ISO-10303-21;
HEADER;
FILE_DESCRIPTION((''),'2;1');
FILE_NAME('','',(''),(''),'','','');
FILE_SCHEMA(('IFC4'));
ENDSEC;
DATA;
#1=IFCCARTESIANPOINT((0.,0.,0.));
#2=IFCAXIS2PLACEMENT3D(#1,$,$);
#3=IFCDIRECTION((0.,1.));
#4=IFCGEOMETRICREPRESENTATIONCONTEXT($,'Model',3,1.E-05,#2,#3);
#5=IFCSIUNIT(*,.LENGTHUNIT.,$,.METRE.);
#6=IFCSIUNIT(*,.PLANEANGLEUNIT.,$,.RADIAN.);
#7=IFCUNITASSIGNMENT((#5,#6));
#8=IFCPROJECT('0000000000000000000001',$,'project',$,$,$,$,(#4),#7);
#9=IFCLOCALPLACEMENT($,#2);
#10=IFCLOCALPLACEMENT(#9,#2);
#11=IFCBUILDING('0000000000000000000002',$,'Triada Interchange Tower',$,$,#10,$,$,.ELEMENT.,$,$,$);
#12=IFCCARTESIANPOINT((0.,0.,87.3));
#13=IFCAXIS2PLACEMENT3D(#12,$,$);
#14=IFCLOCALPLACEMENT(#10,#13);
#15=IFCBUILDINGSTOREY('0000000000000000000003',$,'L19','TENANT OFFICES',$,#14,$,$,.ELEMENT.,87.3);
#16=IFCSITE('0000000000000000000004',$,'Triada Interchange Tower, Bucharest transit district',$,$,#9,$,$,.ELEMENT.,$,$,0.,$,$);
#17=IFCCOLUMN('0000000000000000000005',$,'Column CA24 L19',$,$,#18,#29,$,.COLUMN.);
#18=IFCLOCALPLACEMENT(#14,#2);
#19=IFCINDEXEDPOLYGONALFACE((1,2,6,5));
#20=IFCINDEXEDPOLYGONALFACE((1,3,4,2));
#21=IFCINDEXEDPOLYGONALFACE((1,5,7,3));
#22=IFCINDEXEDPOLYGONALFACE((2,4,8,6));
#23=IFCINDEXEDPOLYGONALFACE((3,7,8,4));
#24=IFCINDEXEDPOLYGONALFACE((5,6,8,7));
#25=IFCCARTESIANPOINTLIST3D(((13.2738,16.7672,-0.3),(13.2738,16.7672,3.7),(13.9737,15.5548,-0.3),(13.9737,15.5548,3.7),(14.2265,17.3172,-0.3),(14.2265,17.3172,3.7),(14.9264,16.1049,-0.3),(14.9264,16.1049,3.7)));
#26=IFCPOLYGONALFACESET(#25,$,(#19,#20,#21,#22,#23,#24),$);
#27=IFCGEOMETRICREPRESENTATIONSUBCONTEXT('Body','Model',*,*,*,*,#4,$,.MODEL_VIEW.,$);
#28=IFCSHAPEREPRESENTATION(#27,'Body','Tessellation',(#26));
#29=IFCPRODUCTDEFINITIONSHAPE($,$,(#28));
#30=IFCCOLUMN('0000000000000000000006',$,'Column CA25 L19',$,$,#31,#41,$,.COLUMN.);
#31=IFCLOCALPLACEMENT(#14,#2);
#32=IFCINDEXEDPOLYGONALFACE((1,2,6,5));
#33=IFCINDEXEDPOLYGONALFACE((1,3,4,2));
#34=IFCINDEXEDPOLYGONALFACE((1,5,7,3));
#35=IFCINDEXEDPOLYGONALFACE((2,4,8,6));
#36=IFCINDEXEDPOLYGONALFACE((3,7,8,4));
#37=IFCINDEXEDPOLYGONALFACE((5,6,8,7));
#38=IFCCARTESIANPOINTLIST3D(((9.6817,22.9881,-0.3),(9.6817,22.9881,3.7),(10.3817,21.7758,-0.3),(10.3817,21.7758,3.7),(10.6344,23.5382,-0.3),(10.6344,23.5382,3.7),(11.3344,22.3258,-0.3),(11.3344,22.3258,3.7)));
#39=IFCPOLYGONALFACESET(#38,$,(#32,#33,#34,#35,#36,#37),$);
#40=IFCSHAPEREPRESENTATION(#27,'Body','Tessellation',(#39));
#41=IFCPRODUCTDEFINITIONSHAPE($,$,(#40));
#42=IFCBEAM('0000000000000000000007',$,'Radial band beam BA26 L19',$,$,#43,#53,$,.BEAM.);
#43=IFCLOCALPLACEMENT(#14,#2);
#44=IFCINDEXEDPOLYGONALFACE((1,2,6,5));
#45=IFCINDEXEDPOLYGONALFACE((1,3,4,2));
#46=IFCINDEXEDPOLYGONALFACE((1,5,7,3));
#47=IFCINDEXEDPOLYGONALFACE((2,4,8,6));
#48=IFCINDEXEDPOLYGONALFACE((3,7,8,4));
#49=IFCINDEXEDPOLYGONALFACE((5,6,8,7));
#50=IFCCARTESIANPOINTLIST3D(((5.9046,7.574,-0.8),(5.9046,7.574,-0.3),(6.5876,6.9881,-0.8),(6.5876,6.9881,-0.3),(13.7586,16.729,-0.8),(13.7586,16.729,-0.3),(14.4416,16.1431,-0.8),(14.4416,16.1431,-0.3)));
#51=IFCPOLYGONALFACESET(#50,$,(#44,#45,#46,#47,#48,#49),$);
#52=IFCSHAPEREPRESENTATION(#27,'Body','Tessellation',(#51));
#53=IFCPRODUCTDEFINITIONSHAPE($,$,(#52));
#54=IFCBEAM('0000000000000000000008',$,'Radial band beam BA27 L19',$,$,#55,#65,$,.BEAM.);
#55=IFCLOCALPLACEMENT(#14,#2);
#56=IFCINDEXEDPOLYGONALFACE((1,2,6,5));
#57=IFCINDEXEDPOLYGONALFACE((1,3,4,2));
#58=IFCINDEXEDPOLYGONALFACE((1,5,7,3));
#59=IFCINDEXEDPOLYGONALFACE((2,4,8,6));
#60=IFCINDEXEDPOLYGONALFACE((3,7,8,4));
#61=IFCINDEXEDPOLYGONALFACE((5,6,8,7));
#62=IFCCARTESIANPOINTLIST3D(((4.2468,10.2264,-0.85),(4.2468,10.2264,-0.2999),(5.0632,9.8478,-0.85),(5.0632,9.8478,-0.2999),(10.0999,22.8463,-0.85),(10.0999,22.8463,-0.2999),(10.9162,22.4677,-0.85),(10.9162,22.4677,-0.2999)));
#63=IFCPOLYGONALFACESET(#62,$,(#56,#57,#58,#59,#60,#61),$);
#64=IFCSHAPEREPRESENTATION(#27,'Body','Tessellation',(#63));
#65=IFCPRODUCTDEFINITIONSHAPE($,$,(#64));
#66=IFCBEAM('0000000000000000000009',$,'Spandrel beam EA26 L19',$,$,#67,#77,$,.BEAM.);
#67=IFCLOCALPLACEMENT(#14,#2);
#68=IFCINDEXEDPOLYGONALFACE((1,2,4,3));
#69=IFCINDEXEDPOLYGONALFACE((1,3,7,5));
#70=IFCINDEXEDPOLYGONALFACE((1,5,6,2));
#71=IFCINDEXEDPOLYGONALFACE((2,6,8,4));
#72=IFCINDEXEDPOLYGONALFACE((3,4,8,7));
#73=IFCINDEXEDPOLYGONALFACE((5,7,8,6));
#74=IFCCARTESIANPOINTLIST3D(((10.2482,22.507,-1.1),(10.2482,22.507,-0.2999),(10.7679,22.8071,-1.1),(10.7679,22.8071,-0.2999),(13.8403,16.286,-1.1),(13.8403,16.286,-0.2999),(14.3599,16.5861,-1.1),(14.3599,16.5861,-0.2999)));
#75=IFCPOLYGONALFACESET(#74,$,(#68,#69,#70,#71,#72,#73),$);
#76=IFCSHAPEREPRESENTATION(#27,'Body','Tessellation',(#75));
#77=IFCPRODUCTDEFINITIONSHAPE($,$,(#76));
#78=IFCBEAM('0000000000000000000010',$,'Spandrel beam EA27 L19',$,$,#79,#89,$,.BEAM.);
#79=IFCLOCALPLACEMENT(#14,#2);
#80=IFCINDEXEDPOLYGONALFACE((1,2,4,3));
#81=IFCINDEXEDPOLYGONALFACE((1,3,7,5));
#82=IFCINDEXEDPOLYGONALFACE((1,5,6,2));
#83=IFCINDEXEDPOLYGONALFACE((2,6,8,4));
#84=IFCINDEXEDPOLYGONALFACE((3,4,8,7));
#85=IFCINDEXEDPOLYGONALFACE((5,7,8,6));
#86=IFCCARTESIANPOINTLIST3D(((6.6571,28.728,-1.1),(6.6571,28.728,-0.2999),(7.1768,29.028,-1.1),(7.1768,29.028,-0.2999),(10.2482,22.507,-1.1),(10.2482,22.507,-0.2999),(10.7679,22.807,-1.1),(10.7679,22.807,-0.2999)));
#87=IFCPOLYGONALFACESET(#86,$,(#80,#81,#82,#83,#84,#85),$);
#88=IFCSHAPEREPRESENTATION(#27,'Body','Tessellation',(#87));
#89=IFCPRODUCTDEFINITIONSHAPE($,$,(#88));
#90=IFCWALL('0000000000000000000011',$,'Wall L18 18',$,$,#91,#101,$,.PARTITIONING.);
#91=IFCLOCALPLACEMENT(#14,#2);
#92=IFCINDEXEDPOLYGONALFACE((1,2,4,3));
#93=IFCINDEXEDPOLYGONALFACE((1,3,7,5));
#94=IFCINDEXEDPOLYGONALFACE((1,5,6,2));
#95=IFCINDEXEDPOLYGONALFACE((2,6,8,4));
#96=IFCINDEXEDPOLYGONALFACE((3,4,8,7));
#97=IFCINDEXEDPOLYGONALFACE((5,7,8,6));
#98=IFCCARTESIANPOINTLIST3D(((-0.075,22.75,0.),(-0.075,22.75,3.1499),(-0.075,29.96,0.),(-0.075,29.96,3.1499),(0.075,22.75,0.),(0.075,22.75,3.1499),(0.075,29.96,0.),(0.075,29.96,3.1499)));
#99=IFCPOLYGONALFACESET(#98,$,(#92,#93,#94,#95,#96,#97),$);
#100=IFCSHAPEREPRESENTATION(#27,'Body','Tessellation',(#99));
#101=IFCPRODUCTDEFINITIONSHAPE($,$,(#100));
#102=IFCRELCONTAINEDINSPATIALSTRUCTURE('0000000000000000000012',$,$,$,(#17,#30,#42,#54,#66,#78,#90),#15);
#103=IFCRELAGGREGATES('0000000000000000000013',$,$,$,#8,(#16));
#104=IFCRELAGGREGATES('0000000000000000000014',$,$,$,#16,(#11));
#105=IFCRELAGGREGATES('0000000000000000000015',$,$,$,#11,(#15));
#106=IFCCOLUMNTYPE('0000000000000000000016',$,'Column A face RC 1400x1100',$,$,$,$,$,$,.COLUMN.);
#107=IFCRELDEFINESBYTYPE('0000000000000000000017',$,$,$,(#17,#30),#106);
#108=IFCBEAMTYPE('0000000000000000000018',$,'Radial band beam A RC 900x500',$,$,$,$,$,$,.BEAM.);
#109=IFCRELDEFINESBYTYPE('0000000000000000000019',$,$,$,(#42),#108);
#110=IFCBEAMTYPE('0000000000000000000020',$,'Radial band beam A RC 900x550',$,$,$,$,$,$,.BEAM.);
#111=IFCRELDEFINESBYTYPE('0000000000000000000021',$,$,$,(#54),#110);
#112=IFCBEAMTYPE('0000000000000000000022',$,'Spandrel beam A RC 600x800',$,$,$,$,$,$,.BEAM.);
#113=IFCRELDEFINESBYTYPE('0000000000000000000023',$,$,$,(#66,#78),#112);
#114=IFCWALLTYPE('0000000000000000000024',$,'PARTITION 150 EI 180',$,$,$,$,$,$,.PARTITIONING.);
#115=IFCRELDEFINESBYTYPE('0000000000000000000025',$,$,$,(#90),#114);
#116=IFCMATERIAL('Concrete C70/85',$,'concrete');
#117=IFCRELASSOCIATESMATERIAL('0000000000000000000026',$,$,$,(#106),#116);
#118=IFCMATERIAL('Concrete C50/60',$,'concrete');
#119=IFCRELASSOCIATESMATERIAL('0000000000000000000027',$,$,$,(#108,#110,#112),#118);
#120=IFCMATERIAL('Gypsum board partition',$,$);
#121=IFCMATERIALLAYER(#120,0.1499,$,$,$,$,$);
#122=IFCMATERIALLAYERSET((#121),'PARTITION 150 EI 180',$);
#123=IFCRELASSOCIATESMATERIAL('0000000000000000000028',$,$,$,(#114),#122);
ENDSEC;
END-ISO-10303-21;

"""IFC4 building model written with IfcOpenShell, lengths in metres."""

from ifc_helpers import new_model, si_unit, direction, frame, frame_2d, origin, origin_2d, place, context, subcontext, project, spatial, rectangle, extrude, material, layer, layer_set, material_profile, profile_set, type_object, element, save


model = new_model("IFC4")

# Units and contexts
model_context = context("Model", 3, precision=1e-05, world=origin(), true_north=direction((0.0, 1.0)))
body_context = subcontext(model_context, "Body", "Model", "MODEL_VIEW")
ifc_project = project(units=[si_unit("LENGTHUNIT", "METRE"), si_unit("PLANEANGLEUNIT", "RADIAN")], contexts=[model_context])

# Site, building, storey
site_placement = place(None, origin())
site = spatial("IfcSite", under=ifc_project, at=site_placement, Name="Triada Interchange Tower, Bucharest transit district", CompositionType="ELEMENT", RefElevation=0.0)
building_placement = place(site_placement, origin())
building = spatial("IfcBuilding", under=site, at=building_placement, Name="Triada Interchange Tower", CompositionType="ELEMENT")
storey_placement = place(building_placement, frame((0.0, 0.0, 87.3)))
storey = spatial("IfcBuildingStorey", under=building, at=storey_placement, Name="L19", Description="TENANT OFFICES", CompositionType="ELEMENT", Elevation=87.3)

# Columns
ifc_material_1 = material(Name="Concrete C70/85", Category="concrete")
ifc_material_profile_1 = material_profile(ifc_material_1, rectangle(XDim=1.3999, YDim=1.1001, at=origin_2d()), Name="RC 1400x1100")
ifc_profile_set_1 = profile_set([ifc_material_profile_1], Name="Concrete C70/85")
column_type = type_object("IfcColumnType", Name="Column A face RC 1400x1100", PredefinedType="COLUMN", material=ifc_profile_set_1)
for number, where, z_axis, x_axis, name in (
    (1, (14.1001, 16.436, -0.3), (0.0, 0.0, 1.0), (-0.5, 0.866025, 0.0), "Column CA24 L19"),
    (2, (10.5081, 22.657, -0.3), (0.0, 0.0, 1.0), (-0.5, 0.866025, 0.0), "Column CA25 L19"),
):
    element("IfcColumn", number, at=place(storey_placement, frame(where, z_axis=z_axis, x_axis=x_axis)), inside=storey, type_object=column_type, Name=name, PredefinedType="COLUMN", context=body_context, shape_type="SweptSolid", body=[
        extrude(rectangle(XDim=1.3999, YDim=1.1001, at=origin_2d()), origin(), (0.0, 0.0, 1.0), 4.0),
    ])

# Beams
ifc_material_2 = material(Name="Concrete C50/60", Category="concrete")
ifc_material_profile_2 = material_profile(ifc_material_2, rectangle(XDim=0.8999, YDim=0.5, at=origin_2d()), Name="RC 900x500")
ifc_profile_set_2 = profile_set([ifc_material_profile_2], Name="Concrete C50/60")
beam_type_1 = type_object("IfcBeamType", Name="Radial band beam A RC 900x500", PredefinedType="BEAM", material=ifc_profile_set_2)
beam_1_placement = place(storey_placement, frame((14.1001, 16.436, -0.55), z_axis=(-0.651118, -0.758977, 0.0), x_axis=(0.758977, -0.651118, 0.0)))
element("IfcBeam", 3, at=beam_1_placement, inside=storey, type_object=beam_type_1, Name="Radial band beam BA26 L19", PredefinedType="BEAM", context=body_context, shape_type="SweptSolid", body=[
    extrude(rectangle(XDim=0.8999, YDim=0.5, at=origin_2d()), origin(), (0.0, 0.0, 1.0), 12.0623),
])
ifc_material_profile_3 = material_profile(ifc_material_2, rectangle(XDim=0.8999, YDim=0.55, at=origin_2d()), Name="RC 900x550")
ifc_profile_set_3 = profile_set([ifc_material_profile_3], Name="Concrete C50/60")
beam_type_2 = type_object("IfcBeamType", Name="Radial band beam A RC 900x550", PredefinedType="BEAM", material=ifc_profile_set_3)
beam_2_placement = place(storey_placement, frame((10.5081, 22.657, -0.575), z_axis=(-0.420745, -0.907179, 0.0), x_axis=(0.907179, -0.420745, 0.0)))
element("IfcBeam", 4, at=beam_2_placement, inside=storey, type_object=beam_type_2, Name="Radial band beam BA27 L19", PredefinedType="BEAM", context=body_context, shape_type="SweptSolid", body=[
    extrude(rectangle(XDim=0.8999, YDim=0.55, at=origin_2d()), origin(), (0.0, 0.0, 1.0), 13.9111),
])
ifc_material_profile_4 = material_profile(ifc_material_2, rectangle(XDim=0.6001, YDim=0.8, at=origin_2d()), Name="RC 600x800")
ifc_profile_set_4 = profile_set([ifc_material_profile_4], Name="Concrete C50/60")
beam_type_3 = type_object("IfcBeamType", Name="Spandrel beam A RC 600x800", PredefinedType="BEAM", material=ifc_profile_set_4)
beam_3_placement = place(storey_placement, frame((14.1001, 16.436, -0.7), z_axis=(-0.500039, 0.866003, 0.0), x_axis=(-0.866003, -0.500039, 0.0)))
element("IfcBeam", 5, at=beam_3_placement, inside=storey, type_object=beam_type_3, Name="Spandrel beam EA26 L19", PredefinedType="BEAM", context=body_context, shape_type="SweptSolid", body=[
    extrude(rectangle(XDim=0.6001, YDim=0.8, at=origin_2d()), origin(), (0.0, 0.0, 1.0), 7.1836),
])
beam_4_placement = place(storey_placement, frame((10.5081, 22.657, -0.7), z_axis=(-0.499937, 0.866062, 0.0), x_axis=(-0.866062, -0.499937, 0.0)))
element("IfcBeam", 6, at=beam_4_placement, inside=storey, type_object=beam_type_3, Name="Spandrel beam EA27 L19", PredefinedType="BEAM", context=body_context, shape_type="SweptSolid", body=[
    extrude(rectangle(XDim=0.6001, YDim=0.8, at=origin_2d()), origin(), (0.0, 0.0, 1.0), 7.1831),
])

# Wall
ifc_material_3 = material(Name="Gypsum board partition")
ifc_layer_1 = layer(ifc_material_3, 0.1499)
ifc_layer_set_1 = layer_set([ifc_layer_1], Name="PARTITION 150 EI 180")
wall_type_1 = type_object("IfcWallType", Name="PARTITION 150 EI 180", PredefinedType="PARTITIONING", material=ifc_layer_set_1)
wall_1_placement = place(storey_placement, frame((0.0, 22.75, 0.0), z_axis=(0.0, 0.0, 1.0), x_axis=(0.0, 1.0, 0.0)))
element("IfcWall", 7, at=wall_1_placement, inside=storey, type_object=wall_type_1, Name="Wall L18 18", PredefinedType="PARTITIONING", context=body_context, shape_type="SweptSolid", body=[
    extrude(rectangle(XDim=7.21, YDim=0.1499, at=frame_2d((3.605, 0.0))), origin(), (0.0, 0.0, 1.0), 3.1499),
])

save(model, "model.ifc")
